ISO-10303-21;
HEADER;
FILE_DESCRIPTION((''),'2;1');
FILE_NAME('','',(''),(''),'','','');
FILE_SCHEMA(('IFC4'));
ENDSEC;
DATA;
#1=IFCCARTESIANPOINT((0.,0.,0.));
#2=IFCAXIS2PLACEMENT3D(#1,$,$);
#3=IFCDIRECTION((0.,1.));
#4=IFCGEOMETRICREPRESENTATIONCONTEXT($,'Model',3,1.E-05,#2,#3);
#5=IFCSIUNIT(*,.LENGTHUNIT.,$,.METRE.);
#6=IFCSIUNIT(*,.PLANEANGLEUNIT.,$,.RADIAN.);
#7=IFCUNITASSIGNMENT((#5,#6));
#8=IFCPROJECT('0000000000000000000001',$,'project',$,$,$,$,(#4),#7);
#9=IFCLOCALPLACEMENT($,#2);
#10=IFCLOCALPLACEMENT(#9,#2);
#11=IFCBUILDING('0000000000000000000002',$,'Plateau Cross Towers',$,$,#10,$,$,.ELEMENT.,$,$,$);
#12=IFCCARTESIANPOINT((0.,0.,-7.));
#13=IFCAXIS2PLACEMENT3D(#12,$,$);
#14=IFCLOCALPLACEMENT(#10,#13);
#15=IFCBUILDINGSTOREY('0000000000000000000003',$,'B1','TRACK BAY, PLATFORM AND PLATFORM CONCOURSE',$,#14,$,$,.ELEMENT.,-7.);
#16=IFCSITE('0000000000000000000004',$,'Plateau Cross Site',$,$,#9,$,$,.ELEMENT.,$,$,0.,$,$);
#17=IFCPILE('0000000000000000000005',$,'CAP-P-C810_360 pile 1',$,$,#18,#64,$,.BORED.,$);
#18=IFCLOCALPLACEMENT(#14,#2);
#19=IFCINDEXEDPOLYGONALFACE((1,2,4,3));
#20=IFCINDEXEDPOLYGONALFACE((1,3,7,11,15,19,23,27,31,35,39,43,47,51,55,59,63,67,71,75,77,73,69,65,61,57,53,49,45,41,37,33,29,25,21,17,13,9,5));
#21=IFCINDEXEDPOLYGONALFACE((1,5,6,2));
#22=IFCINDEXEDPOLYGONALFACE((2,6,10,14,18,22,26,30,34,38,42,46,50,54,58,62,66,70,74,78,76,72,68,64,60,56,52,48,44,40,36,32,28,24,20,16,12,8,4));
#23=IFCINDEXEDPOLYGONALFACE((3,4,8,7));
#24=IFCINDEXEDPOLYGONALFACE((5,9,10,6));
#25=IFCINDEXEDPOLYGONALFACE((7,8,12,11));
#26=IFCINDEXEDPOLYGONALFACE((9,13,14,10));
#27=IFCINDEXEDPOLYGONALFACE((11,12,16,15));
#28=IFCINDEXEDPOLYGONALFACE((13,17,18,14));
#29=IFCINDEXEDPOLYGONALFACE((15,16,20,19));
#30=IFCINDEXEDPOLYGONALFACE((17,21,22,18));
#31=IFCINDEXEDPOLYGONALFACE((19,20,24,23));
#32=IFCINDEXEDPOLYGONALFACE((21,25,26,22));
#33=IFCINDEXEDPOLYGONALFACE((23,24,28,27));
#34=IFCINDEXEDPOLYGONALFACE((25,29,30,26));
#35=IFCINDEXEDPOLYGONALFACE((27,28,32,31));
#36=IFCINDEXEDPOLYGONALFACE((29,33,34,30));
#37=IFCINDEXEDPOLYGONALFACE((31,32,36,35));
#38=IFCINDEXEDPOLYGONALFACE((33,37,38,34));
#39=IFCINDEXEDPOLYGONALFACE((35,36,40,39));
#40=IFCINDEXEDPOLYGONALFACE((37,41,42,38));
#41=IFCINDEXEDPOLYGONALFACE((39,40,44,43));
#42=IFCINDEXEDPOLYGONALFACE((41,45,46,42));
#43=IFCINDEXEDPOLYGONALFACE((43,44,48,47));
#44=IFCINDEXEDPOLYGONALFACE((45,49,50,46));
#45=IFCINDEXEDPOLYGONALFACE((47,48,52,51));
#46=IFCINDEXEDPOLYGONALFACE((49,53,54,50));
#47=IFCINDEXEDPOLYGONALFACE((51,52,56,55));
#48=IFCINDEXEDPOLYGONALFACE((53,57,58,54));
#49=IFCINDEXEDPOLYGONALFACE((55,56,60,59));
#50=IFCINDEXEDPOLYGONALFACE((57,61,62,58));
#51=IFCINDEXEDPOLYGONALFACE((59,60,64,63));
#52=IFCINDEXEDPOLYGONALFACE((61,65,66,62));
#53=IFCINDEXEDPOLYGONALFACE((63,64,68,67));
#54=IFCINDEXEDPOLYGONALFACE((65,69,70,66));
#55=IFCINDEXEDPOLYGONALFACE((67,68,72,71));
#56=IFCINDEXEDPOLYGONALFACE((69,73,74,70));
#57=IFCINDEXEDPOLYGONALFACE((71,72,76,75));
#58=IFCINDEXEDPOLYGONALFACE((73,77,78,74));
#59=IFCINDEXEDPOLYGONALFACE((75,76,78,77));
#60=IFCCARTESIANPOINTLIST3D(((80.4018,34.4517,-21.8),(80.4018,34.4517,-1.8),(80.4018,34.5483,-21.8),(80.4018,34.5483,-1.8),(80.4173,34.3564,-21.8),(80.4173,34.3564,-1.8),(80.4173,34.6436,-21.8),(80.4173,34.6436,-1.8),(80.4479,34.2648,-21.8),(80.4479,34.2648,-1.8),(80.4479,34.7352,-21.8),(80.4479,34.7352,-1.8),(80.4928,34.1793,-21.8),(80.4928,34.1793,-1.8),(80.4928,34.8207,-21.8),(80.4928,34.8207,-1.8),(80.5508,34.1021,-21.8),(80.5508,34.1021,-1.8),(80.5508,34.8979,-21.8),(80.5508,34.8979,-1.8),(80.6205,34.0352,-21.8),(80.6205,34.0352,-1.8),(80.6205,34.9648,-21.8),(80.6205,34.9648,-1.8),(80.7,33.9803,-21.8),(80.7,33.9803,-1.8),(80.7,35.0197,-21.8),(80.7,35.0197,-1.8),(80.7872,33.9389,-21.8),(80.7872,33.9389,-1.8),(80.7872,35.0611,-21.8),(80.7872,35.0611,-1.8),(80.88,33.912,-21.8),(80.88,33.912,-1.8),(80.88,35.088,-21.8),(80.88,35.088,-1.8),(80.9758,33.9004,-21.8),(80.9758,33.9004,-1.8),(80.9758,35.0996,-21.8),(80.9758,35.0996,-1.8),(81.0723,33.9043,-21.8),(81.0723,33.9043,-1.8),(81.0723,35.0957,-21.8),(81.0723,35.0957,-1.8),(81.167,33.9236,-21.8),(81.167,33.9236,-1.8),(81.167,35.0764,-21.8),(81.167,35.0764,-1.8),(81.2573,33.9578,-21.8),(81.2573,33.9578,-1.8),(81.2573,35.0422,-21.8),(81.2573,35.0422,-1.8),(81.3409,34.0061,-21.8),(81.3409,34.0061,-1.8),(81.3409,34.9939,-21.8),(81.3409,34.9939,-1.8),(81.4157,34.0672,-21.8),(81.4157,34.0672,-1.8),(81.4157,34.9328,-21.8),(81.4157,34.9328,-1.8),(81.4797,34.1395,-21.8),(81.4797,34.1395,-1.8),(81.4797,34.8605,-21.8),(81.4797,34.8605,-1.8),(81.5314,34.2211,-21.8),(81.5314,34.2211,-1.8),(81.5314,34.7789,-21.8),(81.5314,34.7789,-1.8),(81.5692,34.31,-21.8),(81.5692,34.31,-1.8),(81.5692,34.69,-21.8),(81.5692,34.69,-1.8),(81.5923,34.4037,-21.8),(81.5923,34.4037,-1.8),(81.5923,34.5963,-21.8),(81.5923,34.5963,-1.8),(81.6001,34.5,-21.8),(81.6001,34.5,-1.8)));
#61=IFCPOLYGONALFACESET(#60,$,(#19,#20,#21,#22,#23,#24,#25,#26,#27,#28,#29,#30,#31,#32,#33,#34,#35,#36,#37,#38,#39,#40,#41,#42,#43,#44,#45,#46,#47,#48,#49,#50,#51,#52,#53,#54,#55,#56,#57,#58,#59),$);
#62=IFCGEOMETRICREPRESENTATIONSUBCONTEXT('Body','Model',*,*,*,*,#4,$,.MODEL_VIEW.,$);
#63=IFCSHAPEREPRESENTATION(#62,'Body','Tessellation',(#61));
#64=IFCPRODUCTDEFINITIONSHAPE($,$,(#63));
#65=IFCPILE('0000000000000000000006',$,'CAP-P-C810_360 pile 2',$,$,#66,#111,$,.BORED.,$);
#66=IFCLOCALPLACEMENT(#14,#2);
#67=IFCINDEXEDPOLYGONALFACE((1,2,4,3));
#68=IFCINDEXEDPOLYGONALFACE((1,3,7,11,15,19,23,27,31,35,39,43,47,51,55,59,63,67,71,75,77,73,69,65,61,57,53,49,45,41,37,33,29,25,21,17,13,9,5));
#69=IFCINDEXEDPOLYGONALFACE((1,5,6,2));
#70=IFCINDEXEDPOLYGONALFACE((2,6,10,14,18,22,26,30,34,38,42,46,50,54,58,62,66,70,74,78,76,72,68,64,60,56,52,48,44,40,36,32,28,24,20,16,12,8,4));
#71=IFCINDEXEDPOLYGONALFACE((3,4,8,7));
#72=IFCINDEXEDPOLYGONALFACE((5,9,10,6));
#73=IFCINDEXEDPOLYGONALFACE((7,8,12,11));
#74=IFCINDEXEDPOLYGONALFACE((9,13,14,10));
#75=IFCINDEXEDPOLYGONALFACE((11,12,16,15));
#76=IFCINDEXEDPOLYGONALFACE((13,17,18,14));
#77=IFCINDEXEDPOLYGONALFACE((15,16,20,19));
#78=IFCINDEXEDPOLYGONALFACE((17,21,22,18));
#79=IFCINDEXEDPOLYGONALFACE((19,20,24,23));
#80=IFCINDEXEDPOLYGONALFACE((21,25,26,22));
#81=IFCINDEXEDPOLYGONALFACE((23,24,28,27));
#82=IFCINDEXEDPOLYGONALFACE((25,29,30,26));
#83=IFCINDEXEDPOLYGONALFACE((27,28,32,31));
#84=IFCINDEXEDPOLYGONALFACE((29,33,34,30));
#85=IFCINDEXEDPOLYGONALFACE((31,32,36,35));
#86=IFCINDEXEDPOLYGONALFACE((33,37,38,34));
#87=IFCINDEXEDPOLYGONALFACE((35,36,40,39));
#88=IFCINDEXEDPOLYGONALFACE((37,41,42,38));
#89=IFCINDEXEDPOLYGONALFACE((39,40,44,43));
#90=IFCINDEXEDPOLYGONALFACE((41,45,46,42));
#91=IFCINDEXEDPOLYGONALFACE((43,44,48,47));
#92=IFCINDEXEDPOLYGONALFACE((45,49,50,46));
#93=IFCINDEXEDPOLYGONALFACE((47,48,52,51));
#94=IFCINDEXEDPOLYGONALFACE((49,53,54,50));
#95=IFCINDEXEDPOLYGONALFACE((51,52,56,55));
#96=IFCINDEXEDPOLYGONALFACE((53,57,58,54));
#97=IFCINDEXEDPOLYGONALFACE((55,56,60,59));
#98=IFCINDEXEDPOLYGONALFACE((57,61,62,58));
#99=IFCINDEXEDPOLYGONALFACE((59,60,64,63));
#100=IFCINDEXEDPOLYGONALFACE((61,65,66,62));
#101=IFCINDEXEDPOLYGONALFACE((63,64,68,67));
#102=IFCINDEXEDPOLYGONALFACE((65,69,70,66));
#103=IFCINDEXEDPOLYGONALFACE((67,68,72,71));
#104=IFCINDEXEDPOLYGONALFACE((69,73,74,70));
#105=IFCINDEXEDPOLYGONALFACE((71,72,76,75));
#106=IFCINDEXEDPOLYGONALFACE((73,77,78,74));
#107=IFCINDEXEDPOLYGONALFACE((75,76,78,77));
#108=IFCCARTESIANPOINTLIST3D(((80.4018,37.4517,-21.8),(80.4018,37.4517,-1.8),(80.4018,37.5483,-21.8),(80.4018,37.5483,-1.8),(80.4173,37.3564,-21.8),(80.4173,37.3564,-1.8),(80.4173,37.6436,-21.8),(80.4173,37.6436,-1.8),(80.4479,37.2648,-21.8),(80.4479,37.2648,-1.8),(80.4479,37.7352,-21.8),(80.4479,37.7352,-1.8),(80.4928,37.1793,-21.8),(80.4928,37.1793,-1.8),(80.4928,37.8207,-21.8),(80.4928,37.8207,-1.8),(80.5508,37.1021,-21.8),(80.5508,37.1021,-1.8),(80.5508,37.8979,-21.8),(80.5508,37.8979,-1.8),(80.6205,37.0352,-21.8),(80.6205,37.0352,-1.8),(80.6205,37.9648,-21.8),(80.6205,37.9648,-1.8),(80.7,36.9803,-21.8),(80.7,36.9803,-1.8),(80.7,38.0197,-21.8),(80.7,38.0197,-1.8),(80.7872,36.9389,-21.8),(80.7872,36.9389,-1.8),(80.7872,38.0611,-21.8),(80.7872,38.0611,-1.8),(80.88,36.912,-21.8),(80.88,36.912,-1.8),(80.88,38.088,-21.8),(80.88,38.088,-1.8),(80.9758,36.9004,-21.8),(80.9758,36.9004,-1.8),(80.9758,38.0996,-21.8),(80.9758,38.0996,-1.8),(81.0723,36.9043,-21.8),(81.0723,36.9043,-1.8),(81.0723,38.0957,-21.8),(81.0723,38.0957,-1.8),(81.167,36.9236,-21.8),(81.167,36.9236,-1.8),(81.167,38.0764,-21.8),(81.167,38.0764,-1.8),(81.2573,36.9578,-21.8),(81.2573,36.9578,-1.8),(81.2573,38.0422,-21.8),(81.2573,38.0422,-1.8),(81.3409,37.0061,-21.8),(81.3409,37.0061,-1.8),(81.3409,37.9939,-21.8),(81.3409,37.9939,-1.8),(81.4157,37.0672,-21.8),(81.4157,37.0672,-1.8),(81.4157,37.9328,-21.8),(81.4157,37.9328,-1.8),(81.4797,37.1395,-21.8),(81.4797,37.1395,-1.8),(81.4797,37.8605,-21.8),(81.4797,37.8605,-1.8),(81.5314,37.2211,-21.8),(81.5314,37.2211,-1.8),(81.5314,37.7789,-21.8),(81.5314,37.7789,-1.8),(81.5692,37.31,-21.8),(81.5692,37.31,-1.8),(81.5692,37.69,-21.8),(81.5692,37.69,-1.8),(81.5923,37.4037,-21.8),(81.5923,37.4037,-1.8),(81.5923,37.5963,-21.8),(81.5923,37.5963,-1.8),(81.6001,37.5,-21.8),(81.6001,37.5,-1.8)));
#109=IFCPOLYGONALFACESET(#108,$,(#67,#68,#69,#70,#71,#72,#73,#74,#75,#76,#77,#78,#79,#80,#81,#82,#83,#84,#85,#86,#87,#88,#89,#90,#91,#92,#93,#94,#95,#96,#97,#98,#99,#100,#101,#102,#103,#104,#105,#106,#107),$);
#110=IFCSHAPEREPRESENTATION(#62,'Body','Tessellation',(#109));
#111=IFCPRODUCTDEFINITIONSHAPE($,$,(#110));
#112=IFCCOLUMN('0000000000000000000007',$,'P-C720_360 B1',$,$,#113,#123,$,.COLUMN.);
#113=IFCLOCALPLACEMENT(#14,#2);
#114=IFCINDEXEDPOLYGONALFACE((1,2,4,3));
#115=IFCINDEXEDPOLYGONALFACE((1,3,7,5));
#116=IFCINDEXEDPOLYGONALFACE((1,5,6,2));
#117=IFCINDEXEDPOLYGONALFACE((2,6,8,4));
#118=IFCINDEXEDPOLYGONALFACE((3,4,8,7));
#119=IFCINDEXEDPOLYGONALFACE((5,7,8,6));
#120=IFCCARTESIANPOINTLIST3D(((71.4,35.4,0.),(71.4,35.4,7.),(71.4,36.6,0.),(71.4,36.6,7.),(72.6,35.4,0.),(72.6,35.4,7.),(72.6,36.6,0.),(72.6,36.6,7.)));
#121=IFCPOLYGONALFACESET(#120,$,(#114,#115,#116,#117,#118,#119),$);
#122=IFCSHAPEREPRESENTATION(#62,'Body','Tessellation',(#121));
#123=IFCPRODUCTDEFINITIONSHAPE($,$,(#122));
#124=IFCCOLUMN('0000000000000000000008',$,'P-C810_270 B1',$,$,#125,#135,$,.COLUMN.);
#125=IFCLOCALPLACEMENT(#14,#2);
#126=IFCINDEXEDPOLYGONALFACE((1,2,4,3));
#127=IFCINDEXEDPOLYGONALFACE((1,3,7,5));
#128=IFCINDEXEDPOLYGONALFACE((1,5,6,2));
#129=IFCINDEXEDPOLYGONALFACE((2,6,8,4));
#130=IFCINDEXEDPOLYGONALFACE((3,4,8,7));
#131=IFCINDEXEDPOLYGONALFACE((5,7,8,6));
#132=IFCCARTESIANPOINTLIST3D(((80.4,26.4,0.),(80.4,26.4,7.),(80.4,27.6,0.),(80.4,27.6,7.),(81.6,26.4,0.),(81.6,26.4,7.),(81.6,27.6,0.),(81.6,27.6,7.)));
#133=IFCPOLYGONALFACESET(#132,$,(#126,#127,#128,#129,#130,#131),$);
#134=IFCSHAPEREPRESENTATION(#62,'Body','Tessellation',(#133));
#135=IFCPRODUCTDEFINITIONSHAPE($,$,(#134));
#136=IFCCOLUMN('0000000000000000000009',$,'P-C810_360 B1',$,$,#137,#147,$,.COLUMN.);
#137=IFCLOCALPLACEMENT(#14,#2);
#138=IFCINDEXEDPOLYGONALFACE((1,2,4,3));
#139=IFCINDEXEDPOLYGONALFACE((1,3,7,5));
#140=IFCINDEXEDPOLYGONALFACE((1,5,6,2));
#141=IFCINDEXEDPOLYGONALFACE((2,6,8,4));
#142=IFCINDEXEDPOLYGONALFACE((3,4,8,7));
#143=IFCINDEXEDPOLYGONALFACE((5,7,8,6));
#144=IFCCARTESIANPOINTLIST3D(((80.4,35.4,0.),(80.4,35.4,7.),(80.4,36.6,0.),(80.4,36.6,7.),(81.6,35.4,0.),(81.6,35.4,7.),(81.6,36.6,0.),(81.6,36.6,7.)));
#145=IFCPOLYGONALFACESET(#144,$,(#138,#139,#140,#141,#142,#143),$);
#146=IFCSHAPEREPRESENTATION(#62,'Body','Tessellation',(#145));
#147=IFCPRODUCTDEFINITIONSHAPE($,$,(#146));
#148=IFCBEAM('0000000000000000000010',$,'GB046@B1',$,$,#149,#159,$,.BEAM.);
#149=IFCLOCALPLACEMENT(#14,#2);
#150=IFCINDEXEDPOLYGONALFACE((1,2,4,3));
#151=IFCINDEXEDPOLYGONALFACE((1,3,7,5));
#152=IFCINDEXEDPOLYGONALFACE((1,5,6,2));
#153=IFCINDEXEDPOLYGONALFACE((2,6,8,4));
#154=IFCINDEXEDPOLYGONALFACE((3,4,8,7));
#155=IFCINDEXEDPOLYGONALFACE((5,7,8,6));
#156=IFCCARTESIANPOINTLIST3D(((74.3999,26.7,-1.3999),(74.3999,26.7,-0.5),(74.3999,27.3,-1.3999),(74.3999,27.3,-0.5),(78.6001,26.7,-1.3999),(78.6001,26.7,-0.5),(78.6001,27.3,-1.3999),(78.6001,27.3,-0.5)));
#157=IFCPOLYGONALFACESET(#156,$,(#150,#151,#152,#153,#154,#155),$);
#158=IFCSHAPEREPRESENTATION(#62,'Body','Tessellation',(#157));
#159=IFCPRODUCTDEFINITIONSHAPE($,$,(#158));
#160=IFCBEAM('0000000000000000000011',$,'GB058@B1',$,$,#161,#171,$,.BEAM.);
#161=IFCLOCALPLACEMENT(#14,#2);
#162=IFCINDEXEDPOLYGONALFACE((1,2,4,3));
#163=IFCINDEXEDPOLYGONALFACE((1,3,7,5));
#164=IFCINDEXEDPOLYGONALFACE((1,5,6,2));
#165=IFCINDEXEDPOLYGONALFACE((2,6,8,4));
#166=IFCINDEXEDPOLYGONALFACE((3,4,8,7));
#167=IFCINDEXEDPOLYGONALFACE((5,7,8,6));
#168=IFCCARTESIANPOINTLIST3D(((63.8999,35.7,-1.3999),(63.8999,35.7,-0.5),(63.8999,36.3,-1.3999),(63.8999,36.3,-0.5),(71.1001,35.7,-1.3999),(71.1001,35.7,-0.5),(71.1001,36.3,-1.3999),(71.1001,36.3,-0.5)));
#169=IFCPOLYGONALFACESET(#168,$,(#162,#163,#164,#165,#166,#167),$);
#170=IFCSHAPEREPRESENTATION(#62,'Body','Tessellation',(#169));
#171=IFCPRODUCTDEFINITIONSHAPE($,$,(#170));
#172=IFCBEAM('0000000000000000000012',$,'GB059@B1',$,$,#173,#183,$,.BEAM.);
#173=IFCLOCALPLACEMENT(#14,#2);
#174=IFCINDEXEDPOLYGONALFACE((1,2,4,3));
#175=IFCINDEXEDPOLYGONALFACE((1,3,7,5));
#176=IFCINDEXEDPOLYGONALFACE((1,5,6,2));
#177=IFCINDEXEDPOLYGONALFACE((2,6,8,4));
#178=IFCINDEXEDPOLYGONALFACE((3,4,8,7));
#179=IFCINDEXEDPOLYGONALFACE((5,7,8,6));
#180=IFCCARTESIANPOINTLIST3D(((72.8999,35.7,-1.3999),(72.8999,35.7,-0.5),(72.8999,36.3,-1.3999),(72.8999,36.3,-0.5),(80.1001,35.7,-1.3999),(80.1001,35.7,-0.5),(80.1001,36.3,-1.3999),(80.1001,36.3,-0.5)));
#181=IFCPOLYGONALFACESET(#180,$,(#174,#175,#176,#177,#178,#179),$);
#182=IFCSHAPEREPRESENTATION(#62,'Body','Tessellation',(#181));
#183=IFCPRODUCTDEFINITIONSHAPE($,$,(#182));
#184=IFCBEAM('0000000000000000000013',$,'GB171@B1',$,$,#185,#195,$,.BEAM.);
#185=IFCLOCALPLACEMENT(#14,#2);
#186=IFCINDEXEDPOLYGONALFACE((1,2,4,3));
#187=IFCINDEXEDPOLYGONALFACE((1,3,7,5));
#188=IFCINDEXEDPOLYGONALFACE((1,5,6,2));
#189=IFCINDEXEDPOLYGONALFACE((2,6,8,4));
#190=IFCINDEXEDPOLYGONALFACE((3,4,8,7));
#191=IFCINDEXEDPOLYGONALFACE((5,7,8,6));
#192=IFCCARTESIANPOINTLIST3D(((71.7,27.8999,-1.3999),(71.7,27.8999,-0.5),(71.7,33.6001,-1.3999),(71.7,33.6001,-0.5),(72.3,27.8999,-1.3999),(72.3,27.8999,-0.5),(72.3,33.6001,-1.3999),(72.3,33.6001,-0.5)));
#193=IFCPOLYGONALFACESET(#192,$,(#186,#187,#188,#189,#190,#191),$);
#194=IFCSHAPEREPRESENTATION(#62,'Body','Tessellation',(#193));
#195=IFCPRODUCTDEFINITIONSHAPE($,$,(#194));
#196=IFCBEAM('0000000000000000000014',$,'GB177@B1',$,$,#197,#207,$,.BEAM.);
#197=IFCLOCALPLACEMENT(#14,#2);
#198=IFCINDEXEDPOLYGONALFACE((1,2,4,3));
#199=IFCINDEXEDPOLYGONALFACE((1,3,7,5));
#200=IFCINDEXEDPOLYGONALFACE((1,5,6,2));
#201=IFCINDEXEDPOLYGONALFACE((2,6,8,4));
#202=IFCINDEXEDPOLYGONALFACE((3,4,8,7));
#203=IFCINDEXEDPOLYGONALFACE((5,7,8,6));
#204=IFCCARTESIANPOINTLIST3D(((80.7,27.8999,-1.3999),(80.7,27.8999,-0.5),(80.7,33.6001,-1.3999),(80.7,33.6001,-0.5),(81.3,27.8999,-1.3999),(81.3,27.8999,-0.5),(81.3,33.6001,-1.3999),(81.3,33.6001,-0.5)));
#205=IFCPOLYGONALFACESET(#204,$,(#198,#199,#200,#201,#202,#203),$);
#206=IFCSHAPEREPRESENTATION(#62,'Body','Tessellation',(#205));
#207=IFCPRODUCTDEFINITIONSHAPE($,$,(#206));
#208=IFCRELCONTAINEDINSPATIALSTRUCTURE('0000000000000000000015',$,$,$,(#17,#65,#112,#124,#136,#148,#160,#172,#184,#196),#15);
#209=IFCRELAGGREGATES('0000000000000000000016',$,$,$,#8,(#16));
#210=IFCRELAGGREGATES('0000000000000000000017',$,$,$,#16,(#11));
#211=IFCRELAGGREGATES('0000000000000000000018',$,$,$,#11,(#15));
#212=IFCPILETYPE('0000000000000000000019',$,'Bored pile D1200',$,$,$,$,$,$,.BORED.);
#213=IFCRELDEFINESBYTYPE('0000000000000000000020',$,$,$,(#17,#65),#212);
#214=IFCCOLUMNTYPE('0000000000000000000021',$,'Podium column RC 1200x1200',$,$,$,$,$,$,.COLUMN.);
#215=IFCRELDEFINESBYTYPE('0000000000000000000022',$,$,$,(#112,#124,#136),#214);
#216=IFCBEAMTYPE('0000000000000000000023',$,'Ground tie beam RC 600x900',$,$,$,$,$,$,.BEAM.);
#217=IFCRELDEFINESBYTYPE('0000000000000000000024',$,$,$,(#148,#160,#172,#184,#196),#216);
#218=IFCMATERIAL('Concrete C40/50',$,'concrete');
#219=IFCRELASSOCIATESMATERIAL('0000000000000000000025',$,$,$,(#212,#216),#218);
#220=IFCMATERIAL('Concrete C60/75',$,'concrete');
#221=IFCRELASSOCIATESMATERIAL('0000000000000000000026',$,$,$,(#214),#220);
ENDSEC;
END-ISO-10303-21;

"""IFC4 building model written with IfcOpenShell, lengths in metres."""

from ifc_helpers import new_model, si_unit, direction, frame, origin, origin_2d, place, context, subcontext, project, spatial, rectangle, circle, extrude, material, material_profile, profile_set, type_object, element, save


model = new_model("IFC4")

# Units and contexts
model_context = context("Model", 3, precision=1e-05, world=origin(), true_north=direction((0.0, 1.0)))
body_context = subcontext(model_context, "Body", "Model", "MODEL_VIEW")
ifc_project = project(units=[si_unit("LENGTHUNIT", "METRE"), si_unit("PLANEANGLEUNIT", "RADIAN")], contexts=[model_context])

# Site, building, storey
site_placement = place(None, origin())
site = spatial("IfcSite", under=ifc_project, at=site_placement, Name="Plateau Cross Site", CompositionType="ELEMENT", RefElevation=0.0)
building_placement = place(site_placement, origin())
building = spatial("IfcBuilding", under=site, at=building_placement, Name="Plateau Cross Towers", CompositionType="ELEMENT")
storey_placement = place(building_placement, frame((0.0, 0.0, -7.0)))
storey = spatial("IfcBuildingStorey", under=building, at=storey_placement, Name="B1", Description="TRACK BAY, PLATFORM AND PLATFORM CONCOURSE", CompositionType="ELEMENT", Elevation=-7.0)

# Piles
ifc_material_1 = material(Name="Concrete C40/50", Category="concrete")
ifc_material_profile_1 = material_profile(ifc_material_1, circle(Radius=0.6001, at=origin_2d()), Name="Bored pile D1200")
ifc_profile_set_1 = profile_set([ifc_material_profile_1], Name="Concrete C40/50")
pile_type = type_object("IfcPileType", Name="Bored pile D1200", PredefinedType="BORED", material=ifc_profile_set_1)
for number, where, z_axis, x_axis, name in (
    (1, (81.0, 34.5, -1.8), (0.0, 0.0, -1.0), (1.0, 0.0, 0.0), "CAP-P-C810_360 pile 1"),
    (2, (81.0, 37.5, -1.8), (0.0, 0.0, -1.0), (1.0, 0.0, 0.0), "CAP-P-C810_360 pile 2"),
):
    element("IfcPile", number, at=place(storey_placement, frame(where, z_axis=z_axis, x_axis=x_axis)), inside=storey, type_object=pile_type, Name=name, PredefinedType="BORED", context=body_context, shape_type="SweptSolid", body=[
        extrude(circle(Radius=0.6001, at=origin_2d()), origin(), (0.0, 0.0, 1.0), 20.0),
    ])

# Columns
ifc_material_2 = material(Name="Concrete C60/75", Category="concrete")
ifc_material_profile_2 = material_profile(ifc_material_2, rectangle(XDim=1.2, YDim=1.2, at=origin_2d()), Name="RC 1200x1200")
ifc_profile_set_2 = profile_set([ifc_material_profile_2], Name="Concrete C60/75")
column_type = type_object("IfcColumnType", Name="Podium column RC 1200x1200", PredefinedType="COLUMN", material=ifc_profile_set_2)
for number, where, z_axis, x_axis, name in (
    (3, (72.0, 36.0, 0.0), (0.0, 0.0, 1.0), (1.0, 0.0, 0.0), "P-C720_360 B1"),
    (4, (81.0, 27.0, 0.0), (0.0, 0.0, 1.0), (1.0, 0.0, 0.0), "P-C810_270 B1"),
    (5, (81.0, 36.0, 0.0), (0.0, 0.0, 1.0), (1.0, 0.0, 0.0), "P-C810_360 B1"),
):
    element("IfcColumn", number, at=place(storey_placement, frame(where, z_axis=z_axis, x_axis=x_axis)), inside=storey, type_object=column_type, Name=name, PredefinedType="COLUMN", context=body_context, shape_type="SweptSolid", body=[
        extrude(rectangle(XDim=1.2, YDim=1.2, at=origin_2d()), origin(), (0.0, 0.0, 1.0), 7.0),
    ])

# Beams
ifc_material_profile_3 = material_profile(ifc_material_1, rectangle(XDim=0.6001, YDim=0.8999, at=origin_2d()), Name="RC 600x900")
ifc_profile_set_3 = profile_set([ifc_material_profile_3], Name="Concrete C40/50")
beam_type = type_object("IfcBeamType", Name="Ground tie beam RC 600x900", PredefinedType="BEAM", material=ifc_profile_set_3)
beam_placement = place(storey_placement, frame((74.3999, 27.0, -0.95), z_axis=(1.0, 0.0, 0.0), x_axis=(0.0, 1.0, 0.0)))
element("IfcBeam", 6, at=beam_placement, inside=storey, type_object=beam_type, Name="GB046@B1", PredefinedType="BEAM", context=body_context, shape_type="SweptSolid", body=[
    extrude(rectangle(XDim=0.6001, YDim=0.8999, at=origin_2d()), origin(), (0.0, 0.0, 1.0), 4.2002),
])
for number, where, z_axis, x_axis, name in (
    (7, (63.8999, 36.0, -0.95), (1.0, 0.0, 0.0), (0.0, 1.0, 0.0), "GB058@B1"),
    (8, (72.8999, 36.0, -0.95), (1.0, 0.0, 0.0), (0.0, 1.0, 0.0), "GB059@B1"),
):
    element("IfcBeam", number, at=place(storey_placement, frame(where, z_axis=z_axis, x_axis=x_axis)), inside=storey, type_object=beam_type, Name=name, PredefinedType="BEAM", context=body_context, shape_type="SweptSolid", body=[
        extrude(rectangle(XDim=0.6001, YDim=0.8999, at=origin_2d()), origin(), (0.0, 0.0, 1.0), 7.2002),
    ])
for number, where, z_axis, x_axis, name in (
    (9, (72.0, 27.8999, -0.95), (0.0, 1.0, 0.0), (-1.0, 0.0, 0.0), "GB171@B1"),
    (10, (81.0, 27.8999, -0.95), (0.0, 1.0, 0.0), (-1.0, 0.0, 0.0), "GB177@B1"),
):
    element("IfcBeam", number, at=place(storey_placement, frame(where, z_axis=z_axis, x_axis=x_axis)), inside=storey, type_object=beam_type, Name=name, PredefinedType="BEAM", context=body_context, shape_type="SweptSolid", body=[
        extrude(rectangle(XDim=0.6001, YDim=0.8999, at=origin_2d()), origin(), (0.0, 0.0, 1.0), 5.7002),
    ])

save(model, "model.ifc")
